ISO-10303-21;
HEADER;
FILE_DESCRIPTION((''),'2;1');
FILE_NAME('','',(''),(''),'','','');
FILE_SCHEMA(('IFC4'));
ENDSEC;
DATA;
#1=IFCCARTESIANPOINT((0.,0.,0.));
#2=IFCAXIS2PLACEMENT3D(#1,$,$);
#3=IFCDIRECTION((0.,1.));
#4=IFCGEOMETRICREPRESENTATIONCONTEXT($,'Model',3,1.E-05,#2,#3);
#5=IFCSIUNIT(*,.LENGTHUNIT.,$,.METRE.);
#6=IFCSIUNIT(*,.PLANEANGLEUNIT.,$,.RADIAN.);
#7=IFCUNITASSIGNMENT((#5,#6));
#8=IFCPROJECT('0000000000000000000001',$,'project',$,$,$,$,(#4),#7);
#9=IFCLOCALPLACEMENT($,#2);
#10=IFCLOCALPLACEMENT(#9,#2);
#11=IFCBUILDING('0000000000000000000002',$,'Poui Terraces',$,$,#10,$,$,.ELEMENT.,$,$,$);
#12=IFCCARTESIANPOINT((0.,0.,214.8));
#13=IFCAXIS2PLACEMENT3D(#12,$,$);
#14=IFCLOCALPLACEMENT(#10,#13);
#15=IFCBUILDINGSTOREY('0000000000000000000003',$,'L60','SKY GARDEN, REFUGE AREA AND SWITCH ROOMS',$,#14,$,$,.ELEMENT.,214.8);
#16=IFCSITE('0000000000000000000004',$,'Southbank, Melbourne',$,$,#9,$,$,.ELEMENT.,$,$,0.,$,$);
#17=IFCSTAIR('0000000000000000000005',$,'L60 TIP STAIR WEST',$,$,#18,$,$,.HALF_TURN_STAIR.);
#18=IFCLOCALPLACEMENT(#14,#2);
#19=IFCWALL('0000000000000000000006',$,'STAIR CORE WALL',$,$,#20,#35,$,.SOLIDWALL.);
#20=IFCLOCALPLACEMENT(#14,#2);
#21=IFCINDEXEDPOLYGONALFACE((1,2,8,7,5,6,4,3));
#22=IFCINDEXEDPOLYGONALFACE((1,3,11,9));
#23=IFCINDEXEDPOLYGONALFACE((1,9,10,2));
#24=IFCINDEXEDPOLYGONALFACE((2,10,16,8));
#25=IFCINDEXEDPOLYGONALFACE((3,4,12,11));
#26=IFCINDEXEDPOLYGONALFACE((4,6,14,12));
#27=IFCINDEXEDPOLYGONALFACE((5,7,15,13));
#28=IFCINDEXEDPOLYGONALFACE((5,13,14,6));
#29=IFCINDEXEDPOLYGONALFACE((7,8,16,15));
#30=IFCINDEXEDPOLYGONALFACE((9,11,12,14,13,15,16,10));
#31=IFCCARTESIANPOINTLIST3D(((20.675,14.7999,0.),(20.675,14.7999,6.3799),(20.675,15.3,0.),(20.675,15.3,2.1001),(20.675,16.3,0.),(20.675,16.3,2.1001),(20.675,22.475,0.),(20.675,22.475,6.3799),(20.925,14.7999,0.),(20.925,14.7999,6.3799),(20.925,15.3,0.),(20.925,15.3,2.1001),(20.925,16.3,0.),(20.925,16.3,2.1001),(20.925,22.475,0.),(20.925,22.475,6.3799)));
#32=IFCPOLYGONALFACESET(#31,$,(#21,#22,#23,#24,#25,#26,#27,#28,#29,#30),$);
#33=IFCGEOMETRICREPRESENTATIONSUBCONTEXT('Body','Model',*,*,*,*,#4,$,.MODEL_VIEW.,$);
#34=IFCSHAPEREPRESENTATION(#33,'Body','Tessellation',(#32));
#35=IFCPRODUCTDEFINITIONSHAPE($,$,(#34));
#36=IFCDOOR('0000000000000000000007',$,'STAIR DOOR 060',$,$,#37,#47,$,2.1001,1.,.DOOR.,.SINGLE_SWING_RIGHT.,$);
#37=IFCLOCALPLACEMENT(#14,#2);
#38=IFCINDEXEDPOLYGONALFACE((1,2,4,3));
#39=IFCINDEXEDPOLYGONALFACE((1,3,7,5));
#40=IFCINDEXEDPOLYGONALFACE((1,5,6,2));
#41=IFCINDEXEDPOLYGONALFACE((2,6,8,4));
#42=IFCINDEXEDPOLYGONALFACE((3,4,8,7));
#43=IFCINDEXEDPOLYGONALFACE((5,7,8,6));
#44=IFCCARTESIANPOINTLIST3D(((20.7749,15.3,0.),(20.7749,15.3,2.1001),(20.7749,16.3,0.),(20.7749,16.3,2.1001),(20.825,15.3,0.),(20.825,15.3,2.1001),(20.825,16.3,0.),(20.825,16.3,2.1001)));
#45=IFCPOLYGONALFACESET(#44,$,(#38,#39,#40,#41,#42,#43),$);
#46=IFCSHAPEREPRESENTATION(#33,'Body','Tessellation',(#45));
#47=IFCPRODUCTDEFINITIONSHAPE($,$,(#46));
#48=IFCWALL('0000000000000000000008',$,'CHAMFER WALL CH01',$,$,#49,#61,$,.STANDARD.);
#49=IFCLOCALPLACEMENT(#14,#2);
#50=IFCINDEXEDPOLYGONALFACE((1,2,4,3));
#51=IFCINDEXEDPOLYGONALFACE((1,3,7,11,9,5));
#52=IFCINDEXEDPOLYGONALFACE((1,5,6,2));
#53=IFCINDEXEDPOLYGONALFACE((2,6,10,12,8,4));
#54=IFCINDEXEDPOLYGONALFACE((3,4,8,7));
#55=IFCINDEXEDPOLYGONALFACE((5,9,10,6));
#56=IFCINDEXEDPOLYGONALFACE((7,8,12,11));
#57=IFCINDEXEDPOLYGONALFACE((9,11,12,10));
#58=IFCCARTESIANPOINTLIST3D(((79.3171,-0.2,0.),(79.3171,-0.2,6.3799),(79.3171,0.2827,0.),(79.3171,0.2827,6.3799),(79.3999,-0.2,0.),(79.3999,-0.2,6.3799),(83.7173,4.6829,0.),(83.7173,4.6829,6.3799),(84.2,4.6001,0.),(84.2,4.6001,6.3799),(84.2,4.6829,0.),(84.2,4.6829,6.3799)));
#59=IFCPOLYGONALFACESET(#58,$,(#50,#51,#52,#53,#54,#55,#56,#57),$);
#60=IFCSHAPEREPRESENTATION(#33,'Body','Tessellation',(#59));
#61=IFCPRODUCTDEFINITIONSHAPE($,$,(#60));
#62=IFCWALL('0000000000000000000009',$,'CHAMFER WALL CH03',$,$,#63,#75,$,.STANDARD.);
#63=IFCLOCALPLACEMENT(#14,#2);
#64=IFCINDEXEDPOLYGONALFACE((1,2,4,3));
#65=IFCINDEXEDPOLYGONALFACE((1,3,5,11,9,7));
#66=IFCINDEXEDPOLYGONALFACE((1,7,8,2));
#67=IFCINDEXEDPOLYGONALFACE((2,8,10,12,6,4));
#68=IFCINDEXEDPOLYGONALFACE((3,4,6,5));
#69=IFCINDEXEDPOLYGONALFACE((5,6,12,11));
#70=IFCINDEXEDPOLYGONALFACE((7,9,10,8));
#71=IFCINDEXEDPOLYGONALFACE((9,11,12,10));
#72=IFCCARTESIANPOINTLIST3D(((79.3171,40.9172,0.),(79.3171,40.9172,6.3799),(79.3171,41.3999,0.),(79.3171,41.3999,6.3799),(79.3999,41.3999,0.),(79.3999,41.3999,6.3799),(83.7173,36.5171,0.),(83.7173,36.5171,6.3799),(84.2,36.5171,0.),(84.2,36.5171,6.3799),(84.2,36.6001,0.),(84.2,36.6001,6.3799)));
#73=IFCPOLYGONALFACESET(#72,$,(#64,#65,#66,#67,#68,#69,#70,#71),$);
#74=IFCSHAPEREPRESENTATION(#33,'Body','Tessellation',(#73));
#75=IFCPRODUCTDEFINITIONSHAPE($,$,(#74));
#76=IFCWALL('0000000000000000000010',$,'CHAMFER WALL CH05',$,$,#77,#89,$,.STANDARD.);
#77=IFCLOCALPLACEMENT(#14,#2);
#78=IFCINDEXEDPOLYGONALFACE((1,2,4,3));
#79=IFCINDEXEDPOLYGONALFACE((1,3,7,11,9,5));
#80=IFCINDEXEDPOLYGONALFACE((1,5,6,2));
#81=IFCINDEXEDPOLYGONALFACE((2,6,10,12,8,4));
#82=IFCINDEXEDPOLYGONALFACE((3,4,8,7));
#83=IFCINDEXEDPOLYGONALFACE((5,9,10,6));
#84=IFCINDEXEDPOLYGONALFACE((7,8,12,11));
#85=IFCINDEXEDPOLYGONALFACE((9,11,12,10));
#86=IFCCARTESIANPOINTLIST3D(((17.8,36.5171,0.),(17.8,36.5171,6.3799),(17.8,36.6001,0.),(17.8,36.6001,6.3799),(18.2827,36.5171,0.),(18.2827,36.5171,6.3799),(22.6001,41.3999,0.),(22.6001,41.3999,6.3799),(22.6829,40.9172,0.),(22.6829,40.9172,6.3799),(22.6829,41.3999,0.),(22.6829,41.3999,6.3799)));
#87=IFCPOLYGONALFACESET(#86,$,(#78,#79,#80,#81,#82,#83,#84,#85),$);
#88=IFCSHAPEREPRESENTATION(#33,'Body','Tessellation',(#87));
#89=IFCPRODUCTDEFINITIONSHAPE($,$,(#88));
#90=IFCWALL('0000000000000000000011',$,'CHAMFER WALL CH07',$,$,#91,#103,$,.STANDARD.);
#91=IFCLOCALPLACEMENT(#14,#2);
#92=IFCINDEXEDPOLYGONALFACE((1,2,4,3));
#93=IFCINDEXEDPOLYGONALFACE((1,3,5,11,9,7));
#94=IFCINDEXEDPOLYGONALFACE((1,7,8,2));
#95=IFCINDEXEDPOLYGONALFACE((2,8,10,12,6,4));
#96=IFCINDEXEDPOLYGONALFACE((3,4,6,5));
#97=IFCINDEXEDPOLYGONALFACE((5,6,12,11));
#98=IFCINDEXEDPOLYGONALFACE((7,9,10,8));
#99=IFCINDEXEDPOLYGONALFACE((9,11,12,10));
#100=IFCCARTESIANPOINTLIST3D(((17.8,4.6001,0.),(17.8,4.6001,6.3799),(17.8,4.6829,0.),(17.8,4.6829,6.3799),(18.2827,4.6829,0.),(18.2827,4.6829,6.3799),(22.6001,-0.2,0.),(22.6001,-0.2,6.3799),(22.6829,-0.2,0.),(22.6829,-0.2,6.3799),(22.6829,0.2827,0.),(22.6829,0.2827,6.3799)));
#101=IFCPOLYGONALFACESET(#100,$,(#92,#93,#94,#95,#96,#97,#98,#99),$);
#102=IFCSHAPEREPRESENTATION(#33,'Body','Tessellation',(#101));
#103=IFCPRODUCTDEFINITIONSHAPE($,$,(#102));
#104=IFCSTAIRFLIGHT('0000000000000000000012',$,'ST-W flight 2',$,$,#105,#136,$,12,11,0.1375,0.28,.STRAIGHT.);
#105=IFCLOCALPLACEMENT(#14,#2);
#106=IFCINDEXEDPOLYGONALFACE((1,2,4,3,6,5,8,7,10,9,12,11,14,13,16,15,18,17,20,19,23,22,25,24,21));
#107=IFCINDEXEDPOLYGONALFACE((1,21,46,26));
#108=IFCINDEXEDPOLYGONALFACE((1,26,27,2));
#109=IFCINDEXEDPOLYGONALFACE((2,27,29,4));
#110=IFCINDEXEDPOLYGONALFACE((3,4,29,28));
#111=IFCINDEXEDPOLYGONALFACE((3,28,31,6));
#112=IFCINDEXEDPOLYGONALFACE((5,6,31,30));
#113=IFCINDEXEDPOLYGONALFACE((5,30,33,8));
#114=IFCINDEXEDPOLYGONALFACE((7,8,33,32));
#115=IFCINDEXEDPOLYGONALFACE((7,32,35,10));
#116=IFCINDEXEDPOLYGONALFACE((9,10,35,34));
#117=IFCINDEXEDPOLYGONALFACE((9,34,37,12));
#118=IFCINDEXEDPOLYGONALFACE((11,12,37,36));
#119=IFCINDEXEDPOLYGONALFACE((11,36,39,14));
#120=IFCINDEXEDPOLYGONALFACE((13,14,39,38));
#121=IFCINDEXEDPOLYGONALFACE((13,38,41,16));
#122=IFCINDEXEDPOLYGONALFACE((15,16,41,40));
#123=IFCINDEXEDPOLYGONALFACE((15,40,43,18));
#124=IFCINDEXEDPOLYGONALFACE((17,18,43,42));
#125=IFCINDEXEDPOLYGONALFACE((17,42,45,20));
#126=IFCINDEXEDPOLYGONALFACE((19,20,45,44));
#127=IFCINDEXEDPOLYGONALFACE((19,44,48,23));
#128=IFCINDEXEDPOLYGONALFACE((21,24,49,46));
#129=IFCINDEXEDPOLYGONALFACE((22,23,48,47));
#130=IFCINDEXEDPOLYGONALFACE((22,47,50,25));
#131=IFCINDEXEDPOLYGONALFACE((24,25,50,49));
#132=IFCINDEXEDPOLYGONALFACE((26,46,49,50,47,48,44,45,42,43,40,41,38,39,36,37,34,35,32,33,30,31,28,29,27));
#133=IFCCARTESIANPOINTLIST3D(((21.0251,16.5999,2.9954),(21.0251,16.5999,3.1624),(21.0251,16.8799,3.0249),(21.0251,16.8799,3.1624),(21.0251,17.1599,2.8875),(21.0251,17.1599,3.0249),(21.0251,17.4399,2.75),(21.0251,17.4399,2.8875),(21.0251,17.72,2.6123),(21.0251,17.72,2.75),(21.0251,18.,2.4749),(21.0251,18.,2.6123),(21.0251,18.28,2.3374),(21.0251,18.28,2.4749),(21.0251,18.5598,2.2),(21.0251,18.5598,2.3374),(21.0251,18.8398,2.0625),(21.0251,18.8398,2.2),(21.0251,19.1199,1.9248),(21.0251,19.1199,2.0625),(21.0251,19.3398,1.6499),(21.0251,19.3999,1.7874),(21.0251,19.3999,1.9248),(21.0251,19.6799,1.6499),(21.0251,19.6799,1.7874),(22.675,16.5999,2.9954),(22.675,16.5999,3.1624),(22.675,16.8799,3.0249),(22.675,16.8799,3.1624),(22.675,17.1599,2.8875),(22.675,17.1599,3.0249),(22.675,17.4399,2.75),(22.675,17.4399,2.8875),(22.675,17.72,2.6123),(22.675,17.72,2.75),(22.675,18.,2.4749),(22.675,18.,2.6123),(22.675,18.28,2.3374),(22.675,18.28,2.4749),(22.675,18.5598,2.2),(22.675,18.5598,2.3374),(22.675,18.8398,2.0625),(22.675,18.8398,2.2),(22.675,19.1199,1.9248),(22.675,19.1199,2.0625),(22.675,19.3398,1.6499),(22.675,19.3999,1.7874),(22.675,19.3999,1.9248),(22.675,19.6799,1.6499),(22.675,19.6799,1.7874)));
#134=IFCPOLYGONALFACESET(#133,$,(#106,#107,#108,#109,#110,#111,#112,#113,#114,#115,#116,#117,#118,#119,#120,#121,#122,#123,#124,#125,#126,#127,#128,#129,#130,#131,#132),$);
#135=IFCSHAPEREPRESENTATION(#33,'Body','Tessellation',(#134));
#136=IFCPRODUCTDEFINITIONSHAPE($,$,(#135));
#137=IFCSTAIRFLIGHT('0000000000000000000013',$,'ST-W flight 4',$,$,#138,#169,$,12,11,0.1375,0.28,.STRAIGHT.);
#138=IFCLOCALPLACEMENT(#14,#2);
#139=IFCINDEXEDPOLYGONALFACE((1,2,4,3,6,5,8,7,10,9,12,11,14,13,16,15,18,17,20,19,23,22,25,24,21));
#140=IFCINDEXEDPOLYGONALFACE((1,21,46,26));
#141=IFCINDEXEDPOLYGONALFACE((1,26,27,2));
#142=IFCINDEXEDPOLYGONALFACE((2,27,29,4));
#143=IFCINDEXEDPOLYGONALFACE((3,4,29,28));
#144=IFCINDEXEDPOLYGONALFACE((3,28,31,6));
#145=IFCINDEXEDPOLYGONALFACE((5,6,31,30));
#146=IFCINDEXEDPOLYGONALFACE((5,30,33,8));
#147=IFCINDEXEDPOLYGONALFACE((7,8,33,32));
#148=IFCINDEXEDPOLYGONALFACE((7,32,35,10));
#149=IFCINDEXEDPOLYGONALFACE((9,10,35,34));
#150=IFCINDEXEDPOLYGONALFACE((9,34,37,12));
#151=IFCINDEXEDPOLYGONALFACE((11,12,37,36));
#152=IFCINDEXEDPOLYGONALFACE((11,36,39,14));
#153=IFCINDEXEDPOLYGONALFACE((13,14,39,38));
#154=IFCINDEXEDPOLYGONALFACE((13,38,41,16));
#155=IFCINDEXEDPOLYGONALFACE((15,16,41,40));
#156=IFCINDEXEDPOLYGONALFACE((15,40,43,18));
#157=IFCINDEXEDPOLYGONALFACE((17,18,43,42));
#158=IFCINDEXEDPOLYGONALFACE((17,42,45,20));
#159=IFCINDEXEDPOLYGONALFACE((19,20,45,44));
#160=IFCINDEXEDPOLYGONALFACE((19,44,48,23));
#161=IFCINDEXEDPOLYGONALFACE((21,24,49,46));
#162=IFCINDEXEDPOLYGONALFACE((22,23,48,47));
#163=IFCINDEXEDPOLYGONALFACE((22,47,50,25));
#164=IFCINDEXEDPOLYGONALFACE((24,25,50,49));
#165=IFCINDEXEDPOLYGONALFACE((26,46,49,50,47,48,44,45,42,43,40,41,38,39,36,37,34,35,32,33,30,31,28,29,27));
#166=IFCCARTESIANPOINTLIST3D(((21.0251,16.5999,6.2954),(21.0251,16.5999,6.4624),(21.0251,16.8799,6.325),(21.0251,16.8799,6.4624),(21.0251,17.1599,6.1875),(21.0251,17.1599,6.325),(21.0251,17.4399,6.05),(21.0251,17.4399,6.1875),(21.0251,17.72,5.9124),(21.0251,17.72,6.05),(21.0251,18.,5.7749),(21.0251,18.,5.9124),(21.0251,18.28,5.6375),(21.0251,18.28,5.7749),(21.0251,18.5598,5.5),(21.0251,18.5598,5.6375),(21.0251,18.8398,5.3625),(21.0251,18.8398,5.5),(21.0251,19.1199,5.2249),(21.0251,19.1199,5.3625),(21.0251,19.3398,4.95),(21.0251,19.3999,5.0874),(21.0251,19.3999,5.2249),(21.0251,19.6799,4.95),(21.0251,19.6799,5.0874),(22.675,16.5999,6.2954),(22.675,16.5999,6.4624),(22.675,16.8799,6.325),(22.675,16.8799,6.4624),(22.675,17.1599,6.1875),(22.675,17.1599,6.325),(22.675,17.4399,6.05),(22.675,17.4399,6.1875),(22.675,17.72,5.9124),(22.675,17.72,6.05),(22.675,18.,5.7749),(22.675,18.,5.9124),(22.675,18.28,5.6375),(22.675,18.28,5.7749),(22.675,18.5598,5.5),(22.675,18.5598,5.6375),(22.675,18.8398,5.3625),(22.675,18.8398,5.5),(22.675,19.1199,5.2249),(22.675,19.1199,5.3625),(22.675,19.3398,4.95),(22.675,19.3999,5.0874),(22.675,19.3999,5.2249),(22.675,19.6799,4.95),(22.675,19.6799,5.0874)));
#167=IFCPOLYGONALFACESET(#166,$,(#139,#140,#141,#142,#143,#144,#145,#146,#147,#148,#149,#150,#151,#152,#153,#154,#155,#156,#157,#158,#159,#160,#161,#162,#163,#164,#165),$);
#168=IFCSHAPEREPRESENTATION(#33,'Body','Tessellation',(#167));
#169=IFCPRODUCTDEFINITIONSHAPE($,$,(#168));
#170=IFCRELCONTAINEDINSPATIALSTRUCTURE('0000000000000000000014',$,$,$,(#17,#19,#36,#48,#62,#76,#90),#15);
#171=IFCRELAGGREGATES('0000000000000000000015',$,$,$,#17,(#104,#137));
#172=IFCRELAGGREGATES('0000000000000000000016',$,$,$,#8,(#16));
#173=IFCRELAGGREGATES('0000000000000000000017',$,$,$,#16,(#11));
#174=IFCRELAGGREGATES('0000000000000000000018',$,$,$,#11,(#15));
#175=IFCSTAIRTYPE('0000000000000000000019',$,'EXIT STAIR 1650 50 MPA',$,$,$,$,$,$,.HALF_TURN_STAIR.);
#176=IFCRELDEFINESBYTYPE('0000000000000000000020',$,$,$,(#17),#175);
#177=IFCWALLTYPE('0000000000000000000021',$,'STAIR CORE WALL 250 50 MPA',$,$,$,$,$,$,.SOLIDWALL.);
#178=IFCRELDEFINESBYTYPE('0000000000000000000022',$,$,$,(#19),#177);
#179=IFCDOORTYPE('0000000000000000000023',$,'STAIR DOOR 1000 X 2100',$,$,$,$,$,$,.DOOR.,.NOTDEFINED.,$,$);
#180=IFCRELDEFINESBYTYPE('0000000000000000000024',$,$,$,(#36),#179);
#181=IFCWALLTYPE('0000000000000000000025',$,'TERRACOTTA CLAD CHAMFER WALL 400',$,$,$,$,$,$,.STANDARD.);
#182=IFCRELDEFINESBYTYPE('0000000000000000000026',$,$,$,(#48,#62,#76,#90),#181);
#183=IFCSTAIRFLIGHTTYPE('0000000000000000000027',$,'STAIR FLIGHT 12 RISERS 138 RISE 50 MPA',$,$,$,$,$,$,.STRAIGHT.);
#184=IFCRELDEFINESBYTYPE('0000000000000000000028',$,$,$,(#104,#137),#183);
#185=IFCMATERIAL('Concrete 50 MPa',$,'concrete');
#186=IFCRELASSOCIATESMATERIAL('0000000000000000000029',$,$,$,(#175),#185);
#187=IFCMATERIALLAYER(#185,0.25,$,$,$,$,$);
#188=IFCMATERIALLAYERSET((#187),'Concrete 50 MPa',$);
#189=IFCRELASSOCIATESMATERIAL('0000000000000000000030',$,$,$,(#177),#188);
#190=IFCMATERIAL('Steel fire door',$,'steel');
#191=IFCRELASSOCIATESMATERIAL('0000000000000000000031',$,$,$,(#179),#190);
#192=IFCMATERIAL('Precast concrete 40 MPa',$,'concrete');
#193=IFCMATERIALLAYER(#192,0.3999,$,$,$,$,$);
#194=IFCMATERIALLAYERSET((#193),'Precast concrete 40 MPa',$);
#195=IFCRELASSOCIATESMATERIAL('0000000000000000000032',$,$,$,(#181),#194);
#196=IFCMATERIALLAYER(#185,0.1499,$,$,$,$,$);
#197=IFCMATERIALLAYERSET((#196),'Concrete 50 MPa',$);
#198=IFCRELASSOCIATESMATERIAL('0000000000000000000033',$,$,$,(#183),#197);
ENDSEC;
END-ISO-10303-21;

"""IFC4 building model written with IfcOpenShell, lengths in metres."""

from ifc_helpers import new_model, si_unit, direction, frame, frame_2d, origin, place, context, subcontext, project, spatial, polyline, rectangle, outline, extrude, material, layer, layer_set, type_object, element, fill, aggregate, save


model = new_model("IFC4")

# Units and contexts
model_context = context("Model", 3, precision=1e-05, world=origin(), true_north=direction((0.0, 1.0)))
body_context = subcontext(model_context, "Body", "Model", "MODEL_VIEW")
ifc_project = project(units=[si_unit("LENGTHUNIT", "METRE"), si_unit("PLANEANGLEUNIT", "RADIAN")], contexts=[model_context])

# Site, building, storey
site_placement = place(None, origin())
site = spatial("IfcSite", under=ifc_project, at=site_placement, Name="Southbank, Melbourne", CompositionType="ELEMENT", RefElevation=0.0)
building_placement = place(site_placement, origin())
building = spatial("IfcBuilding", under=site, at=building_placement, Name="Poui Terraces", CompositionType="ELEMENT")
storey_placement = place(building_placement, frame((0.0, 0.0, 214.8)))
storey = spatial("IfcBuildingStorey", under=building, at=storey_placement, Name="L60", Description="SKY GARDEN, REFUGE AREA AND SWITCH ROOMS", CompositionType="ELEMENT", Elevation=214.8)

# Stair
ifc_material_1 = material(Name="Concrete 50 MPa", Category="concrete")
stair_type = type_object("IfcStairType", Name="EXIT STAIR 1650 50 MPA", PredefinedType="HALF_TURN_STAIR", material=ifc_material_1)
stair_1_placement = place(storey_placement, origin())
stair_1 = element("IfcStair", 1, at=stair_1_placement, inside=storey, type_object=stair_type, Name="L60 TIP STAIR WEST", PredefinedType="HALF_TURN_STAIR")

# Shared definitions
ifc_material_2 = material(Name="Steel fire door", Category="steel")

# Wall, opening, door
ifc_layer_1 = layer(ifc_material_1, 0.25)
ifc_layer_set_1 = layer_set([ifc_layer_1], Name="Concrete 50 MPa")
wall_type_1 = type_object("IfcWallType", Name="STAIR CORE WALL 250 50 MPA", PredefinedType="SOLIDWALL", material=ifc_layer_set_1)
wall_1_placement = place(storey_placement, frame((20.8, 14.8, 0.0), z_axis=(0.0, 0.0, 1.0), x_axis=(0.0, 1.0, 0.0)))
wall_1 = element("IfcWall", 2, at=wall_1_placement, inside=storey, type_object=wall_type_1, Name="STAIR CORE WALL", PredefinedType="SOLIDWALL", context=body_context, shape_type="SweptSolid", body=[
    extrude(rectangle(XDim=7.675, YDim=0.25, at=frame_2d((3.8374, 0.0))), origin(), (0.0, 0.0, 1.0), 6.3799),
])
opening_1_placement = place(wall_1_placement, frame((0.5, 0.0, 0.0)))
opening_1 = element("IfcOpeningElement", 3, at=opening_1_placement, cuts=wall_1, PredefinedType="OPENING", context=body_context, shape_type="SweptSolid", body=[
    extrude(rectangle(XDim=1.0, YDim=2.1001, at=frame_2d((0.5, 1.05))), frame((0.0, 0.135, 0.0), z_axis=(0.0, -1.0, 0.0), x_axis=(1.0, 0.0, 0.0)), (0.0, 0.0, 1.0), 0.27),
])
door_type_1 = type_object("IfcDoorType", Name="STAIR DOOR 1000 X 2100", OperationType="NOTDEFINED", PredefinedType="DOOR", material=ifc_material_2)
door_1_placement = place(opening_1_placement, frame((1.0, 0.0, 0.0), z_axis=(0.0, 0.0, 1.0), x_axis=(-1.0, 0.0, 0.0)))
door_1 = element("IfcDoor", 4, at=door_1_placement, inside=storey, type_object=door_type_1, Name="STAIR DOOR 060", OperationType="SINGLE_SWING_RIGHT", OverallHeight=2.1001, OverallWidth=1.0, PredefinedType="DOOR", context=body_context, shape_type="SweptSolid", body=[
    extrude(rectangle(XDim=1.0, YDim=2.1001, at=frame_2d((0.5, 1.05))), frame((0.0, 0.0249, 0.0), z_axis=(0.0, -1.0, 0.0), x_axis=(1.0, 0.0, 0.0)), (0.0, 0.0, 1.0), 0.05),
])
fill(opening_1, door_1)

# Walls
ifc_material_3 = material(Name="Precast concrete 40 MPa", Category="concrete")
ifc_layer_2 = layer(ifc_material_3, 0.3999)
ifc_layer_set_2 = layer_set([ifc_layer_2], Name="Precast concrete 40 MPa")
wall_type_2 = type_object("IfcWallType", Name="TERRACOTTA CLAD CHAMFER WALL 400", PredefinedType="STANDARD", material=ifc_layer_set_2)
wall_2_placement = place(storey_placement, origin())
element("IfcWall", 5, at=wall_2_placement, inside=storey, type_object=wall_type_2, Name="CHAMFER WALL CH01", PredefinedType="STANDARD", context=body_context, shape_type="SweptSolid", body=[
    extrude(outline(polyline([(79.3171, -0.2), (79.3999, -0.2), (84.2, 4.6001), (84.2, 4.6829), (83.7173, 4.6829), (79.3171, 0.2827), (79.3171, -0.2)])), origin(), (0.0, 0.0, 1.0), 6.3799),
])
wall_3_placement = place(storey_placement, origin())
element("IfcWall", 6, at=wall_3_placement, inside=storey, type_object=wall_type_2, Name="CHAMFER WALL CH03", PredefinedType="STANDARD", context=body_context, shape_type="SweptSolid", body=[
    extrude(outline(polyline([(84.2, 36.5171), (84.2, 36.6001), (79.3999, 41.3999), (79.3171, 41.3999), (79.3171, 40.9172), (83.7173, 36.5171), (84.2, 36.5171)])), origin(), (0.0, 0.0, 1.0), 6.3799),
])
wall_4_placement = place(storey_placement, origin())
element("IfcWall", 7, at=wall_4_placement, inside=storey, type_object=wall_type_2, Name="CHAMFER WALL CH05", PredefinedType="STANDARD", context=body_context, shape_type="SweptSolid", body=[
    extrude(outline(polyline([(22.6829, 41.3999), (22.6001, 41.3999), (17.8, 36.6001), (17.8, 36.5171), (18.2827, 36.5171), (22.6829, 40.9172), (22.6829, 41.3999)])), origin(), (0.0, 0.0, 1.0), 6.3799),
])
wall_5_placement = place(storey_placement, origin())
element("IfcWall", 8, at=wall_5_placement, inside=storey, type_object=wall_type_2, Name="CHAMFER WALL CH07", PredefinedType="STANDARD", context=body_context, shape_type="SweptSolid", body=[
    extrude(outline(polyline([(17.8, 4.6829), (17.8, 4.6001), (22.6001, -0.2), (22.6829, -0.2), (22.6829, 0.2827), (18.2827, 4.6829), (17.8, 4.6829)])), origin(), (0.0, 0.0, 1.0), 6.3799),
])

# Stair flights
ifc_layer_3 = layer(ifc_material_1, 0.1499)
ifc_layer_set_3 = layer_set([ifc_layer_3], Name="Concrete 50 MPa")
stair_flight_type = type_object("IfcStairFlightType", Name="STAIR FLIGHT 12 RISERS 138 RISE 50 MPA", PredefinedType="STRAIGHT", material=ifc_layer_set_3)
stair_flight_1_placement = place(storey_placement, frame((21.8501, 19.6799, 1.6499), z_axis=(0.0, 0.0, 1.0), x_axis=(0.0, -1.0, 0.0)))
stair_flight_1 = element("IfcStairFlight", 9, at=stair_flight_1_placement, type_object=stair_flight_type, Name="ST-W flight 2", NumberOfRisers=12, NumberOfTreads=11, PredefinedType="STRAIGHT", RiserHeight=0.1375, TreadLength=0.28, context=body_context, shape_type="SweptSolid", body=[
    extrude(outline(polyline([(0.0, 0.0), (0.0, 0.1375), (0.28, 0.1375), (0.28, 0.2749), (0.5601, 0.2749), (0.5601, 0.4126), (0.8401, 0.4126), (0.8401, 0.55), (1.1201, 0.55), (1.1201, 0.6875), (1.3999, 0.6875), (1.3999, 0.825), (1.6799, 0.825), (1.6799, 0.9624), (1.96, 0.9624), (1.96, 1.1001), (2.24, 1.1001), (2.24, 1.2375), (2.52, 1.2375), (2.52, 1.375), (2.8, 1.375), (2.8, 1.5125), (3.0801, 1.5125), (3.0801, 1.6499), (3.0801, 1.3455), (0.3401, 0.0), (0.0, 0.0)])), frame((0.0, 0.825, 0.0), z_axis=(0.0, -1.0, 0.0), x_axis=(1.0, 0.0, 0.0)), (0.0, 0.0, 1.0), 1.6499),
])
stair_flight_2_placement = place(storey_placement, frame((21.8501, 19.6799, 4.95), z_axis=(0.0, 0.0, 1.0), x_axis=(0.0, -1.0, 0.0)))
stair_flight_2 = element("IfcStairFlight", 10, at=stair_flight_2_placement, type_object=stair_flight_type, Name="ST-W flight 4", NumberOfRisers=12, NumberOfTreads=11, PredefinedType="STRAIGHT", RiserHeight=0.1375, TreadLength=0.28, context=body_context, shape_type="SweptSolid", body=[
    extrude(outline(polyline([(0.0, 0.0), (0.0, 0.1375), (0.28, 0.1375), (0.28, 0.2749), (0.5601, 0.2749), (0.5601, 0.4126), (0.8401, 0.4126), (0.8401, 0.55), (1.1201, 0.55), (1.1201, 0.6875), (1.3999, 0.6875), (1.3999, 0.825), (1.6799, 0.825), (1.6799, 0.9624), (1.96, 0.9624), (1.96, 1.1001), (2.24, 1.1001), (2.24, 1.2375), (2.52, 1.2375), (2.52, 1.375), (2.8, 1.375), (2.8, 1.5125), (3.0801, 1.5125), (3.0801, 1.6499), (3.0801, 1.3455), (0.3401, 0.0), (0.0, 0.0)])), frame((0.0, 0.825, 0.0), z_axis=(0.0, -1.0, 0.0), x_axis=(1.0, 0.0, 0.0)), (0.0, 0.0, 1.0), 1.6499),
])
aggregate(stair_1, [stair_flight_1, stair_flight_2])

save(model, "model.ifc")
